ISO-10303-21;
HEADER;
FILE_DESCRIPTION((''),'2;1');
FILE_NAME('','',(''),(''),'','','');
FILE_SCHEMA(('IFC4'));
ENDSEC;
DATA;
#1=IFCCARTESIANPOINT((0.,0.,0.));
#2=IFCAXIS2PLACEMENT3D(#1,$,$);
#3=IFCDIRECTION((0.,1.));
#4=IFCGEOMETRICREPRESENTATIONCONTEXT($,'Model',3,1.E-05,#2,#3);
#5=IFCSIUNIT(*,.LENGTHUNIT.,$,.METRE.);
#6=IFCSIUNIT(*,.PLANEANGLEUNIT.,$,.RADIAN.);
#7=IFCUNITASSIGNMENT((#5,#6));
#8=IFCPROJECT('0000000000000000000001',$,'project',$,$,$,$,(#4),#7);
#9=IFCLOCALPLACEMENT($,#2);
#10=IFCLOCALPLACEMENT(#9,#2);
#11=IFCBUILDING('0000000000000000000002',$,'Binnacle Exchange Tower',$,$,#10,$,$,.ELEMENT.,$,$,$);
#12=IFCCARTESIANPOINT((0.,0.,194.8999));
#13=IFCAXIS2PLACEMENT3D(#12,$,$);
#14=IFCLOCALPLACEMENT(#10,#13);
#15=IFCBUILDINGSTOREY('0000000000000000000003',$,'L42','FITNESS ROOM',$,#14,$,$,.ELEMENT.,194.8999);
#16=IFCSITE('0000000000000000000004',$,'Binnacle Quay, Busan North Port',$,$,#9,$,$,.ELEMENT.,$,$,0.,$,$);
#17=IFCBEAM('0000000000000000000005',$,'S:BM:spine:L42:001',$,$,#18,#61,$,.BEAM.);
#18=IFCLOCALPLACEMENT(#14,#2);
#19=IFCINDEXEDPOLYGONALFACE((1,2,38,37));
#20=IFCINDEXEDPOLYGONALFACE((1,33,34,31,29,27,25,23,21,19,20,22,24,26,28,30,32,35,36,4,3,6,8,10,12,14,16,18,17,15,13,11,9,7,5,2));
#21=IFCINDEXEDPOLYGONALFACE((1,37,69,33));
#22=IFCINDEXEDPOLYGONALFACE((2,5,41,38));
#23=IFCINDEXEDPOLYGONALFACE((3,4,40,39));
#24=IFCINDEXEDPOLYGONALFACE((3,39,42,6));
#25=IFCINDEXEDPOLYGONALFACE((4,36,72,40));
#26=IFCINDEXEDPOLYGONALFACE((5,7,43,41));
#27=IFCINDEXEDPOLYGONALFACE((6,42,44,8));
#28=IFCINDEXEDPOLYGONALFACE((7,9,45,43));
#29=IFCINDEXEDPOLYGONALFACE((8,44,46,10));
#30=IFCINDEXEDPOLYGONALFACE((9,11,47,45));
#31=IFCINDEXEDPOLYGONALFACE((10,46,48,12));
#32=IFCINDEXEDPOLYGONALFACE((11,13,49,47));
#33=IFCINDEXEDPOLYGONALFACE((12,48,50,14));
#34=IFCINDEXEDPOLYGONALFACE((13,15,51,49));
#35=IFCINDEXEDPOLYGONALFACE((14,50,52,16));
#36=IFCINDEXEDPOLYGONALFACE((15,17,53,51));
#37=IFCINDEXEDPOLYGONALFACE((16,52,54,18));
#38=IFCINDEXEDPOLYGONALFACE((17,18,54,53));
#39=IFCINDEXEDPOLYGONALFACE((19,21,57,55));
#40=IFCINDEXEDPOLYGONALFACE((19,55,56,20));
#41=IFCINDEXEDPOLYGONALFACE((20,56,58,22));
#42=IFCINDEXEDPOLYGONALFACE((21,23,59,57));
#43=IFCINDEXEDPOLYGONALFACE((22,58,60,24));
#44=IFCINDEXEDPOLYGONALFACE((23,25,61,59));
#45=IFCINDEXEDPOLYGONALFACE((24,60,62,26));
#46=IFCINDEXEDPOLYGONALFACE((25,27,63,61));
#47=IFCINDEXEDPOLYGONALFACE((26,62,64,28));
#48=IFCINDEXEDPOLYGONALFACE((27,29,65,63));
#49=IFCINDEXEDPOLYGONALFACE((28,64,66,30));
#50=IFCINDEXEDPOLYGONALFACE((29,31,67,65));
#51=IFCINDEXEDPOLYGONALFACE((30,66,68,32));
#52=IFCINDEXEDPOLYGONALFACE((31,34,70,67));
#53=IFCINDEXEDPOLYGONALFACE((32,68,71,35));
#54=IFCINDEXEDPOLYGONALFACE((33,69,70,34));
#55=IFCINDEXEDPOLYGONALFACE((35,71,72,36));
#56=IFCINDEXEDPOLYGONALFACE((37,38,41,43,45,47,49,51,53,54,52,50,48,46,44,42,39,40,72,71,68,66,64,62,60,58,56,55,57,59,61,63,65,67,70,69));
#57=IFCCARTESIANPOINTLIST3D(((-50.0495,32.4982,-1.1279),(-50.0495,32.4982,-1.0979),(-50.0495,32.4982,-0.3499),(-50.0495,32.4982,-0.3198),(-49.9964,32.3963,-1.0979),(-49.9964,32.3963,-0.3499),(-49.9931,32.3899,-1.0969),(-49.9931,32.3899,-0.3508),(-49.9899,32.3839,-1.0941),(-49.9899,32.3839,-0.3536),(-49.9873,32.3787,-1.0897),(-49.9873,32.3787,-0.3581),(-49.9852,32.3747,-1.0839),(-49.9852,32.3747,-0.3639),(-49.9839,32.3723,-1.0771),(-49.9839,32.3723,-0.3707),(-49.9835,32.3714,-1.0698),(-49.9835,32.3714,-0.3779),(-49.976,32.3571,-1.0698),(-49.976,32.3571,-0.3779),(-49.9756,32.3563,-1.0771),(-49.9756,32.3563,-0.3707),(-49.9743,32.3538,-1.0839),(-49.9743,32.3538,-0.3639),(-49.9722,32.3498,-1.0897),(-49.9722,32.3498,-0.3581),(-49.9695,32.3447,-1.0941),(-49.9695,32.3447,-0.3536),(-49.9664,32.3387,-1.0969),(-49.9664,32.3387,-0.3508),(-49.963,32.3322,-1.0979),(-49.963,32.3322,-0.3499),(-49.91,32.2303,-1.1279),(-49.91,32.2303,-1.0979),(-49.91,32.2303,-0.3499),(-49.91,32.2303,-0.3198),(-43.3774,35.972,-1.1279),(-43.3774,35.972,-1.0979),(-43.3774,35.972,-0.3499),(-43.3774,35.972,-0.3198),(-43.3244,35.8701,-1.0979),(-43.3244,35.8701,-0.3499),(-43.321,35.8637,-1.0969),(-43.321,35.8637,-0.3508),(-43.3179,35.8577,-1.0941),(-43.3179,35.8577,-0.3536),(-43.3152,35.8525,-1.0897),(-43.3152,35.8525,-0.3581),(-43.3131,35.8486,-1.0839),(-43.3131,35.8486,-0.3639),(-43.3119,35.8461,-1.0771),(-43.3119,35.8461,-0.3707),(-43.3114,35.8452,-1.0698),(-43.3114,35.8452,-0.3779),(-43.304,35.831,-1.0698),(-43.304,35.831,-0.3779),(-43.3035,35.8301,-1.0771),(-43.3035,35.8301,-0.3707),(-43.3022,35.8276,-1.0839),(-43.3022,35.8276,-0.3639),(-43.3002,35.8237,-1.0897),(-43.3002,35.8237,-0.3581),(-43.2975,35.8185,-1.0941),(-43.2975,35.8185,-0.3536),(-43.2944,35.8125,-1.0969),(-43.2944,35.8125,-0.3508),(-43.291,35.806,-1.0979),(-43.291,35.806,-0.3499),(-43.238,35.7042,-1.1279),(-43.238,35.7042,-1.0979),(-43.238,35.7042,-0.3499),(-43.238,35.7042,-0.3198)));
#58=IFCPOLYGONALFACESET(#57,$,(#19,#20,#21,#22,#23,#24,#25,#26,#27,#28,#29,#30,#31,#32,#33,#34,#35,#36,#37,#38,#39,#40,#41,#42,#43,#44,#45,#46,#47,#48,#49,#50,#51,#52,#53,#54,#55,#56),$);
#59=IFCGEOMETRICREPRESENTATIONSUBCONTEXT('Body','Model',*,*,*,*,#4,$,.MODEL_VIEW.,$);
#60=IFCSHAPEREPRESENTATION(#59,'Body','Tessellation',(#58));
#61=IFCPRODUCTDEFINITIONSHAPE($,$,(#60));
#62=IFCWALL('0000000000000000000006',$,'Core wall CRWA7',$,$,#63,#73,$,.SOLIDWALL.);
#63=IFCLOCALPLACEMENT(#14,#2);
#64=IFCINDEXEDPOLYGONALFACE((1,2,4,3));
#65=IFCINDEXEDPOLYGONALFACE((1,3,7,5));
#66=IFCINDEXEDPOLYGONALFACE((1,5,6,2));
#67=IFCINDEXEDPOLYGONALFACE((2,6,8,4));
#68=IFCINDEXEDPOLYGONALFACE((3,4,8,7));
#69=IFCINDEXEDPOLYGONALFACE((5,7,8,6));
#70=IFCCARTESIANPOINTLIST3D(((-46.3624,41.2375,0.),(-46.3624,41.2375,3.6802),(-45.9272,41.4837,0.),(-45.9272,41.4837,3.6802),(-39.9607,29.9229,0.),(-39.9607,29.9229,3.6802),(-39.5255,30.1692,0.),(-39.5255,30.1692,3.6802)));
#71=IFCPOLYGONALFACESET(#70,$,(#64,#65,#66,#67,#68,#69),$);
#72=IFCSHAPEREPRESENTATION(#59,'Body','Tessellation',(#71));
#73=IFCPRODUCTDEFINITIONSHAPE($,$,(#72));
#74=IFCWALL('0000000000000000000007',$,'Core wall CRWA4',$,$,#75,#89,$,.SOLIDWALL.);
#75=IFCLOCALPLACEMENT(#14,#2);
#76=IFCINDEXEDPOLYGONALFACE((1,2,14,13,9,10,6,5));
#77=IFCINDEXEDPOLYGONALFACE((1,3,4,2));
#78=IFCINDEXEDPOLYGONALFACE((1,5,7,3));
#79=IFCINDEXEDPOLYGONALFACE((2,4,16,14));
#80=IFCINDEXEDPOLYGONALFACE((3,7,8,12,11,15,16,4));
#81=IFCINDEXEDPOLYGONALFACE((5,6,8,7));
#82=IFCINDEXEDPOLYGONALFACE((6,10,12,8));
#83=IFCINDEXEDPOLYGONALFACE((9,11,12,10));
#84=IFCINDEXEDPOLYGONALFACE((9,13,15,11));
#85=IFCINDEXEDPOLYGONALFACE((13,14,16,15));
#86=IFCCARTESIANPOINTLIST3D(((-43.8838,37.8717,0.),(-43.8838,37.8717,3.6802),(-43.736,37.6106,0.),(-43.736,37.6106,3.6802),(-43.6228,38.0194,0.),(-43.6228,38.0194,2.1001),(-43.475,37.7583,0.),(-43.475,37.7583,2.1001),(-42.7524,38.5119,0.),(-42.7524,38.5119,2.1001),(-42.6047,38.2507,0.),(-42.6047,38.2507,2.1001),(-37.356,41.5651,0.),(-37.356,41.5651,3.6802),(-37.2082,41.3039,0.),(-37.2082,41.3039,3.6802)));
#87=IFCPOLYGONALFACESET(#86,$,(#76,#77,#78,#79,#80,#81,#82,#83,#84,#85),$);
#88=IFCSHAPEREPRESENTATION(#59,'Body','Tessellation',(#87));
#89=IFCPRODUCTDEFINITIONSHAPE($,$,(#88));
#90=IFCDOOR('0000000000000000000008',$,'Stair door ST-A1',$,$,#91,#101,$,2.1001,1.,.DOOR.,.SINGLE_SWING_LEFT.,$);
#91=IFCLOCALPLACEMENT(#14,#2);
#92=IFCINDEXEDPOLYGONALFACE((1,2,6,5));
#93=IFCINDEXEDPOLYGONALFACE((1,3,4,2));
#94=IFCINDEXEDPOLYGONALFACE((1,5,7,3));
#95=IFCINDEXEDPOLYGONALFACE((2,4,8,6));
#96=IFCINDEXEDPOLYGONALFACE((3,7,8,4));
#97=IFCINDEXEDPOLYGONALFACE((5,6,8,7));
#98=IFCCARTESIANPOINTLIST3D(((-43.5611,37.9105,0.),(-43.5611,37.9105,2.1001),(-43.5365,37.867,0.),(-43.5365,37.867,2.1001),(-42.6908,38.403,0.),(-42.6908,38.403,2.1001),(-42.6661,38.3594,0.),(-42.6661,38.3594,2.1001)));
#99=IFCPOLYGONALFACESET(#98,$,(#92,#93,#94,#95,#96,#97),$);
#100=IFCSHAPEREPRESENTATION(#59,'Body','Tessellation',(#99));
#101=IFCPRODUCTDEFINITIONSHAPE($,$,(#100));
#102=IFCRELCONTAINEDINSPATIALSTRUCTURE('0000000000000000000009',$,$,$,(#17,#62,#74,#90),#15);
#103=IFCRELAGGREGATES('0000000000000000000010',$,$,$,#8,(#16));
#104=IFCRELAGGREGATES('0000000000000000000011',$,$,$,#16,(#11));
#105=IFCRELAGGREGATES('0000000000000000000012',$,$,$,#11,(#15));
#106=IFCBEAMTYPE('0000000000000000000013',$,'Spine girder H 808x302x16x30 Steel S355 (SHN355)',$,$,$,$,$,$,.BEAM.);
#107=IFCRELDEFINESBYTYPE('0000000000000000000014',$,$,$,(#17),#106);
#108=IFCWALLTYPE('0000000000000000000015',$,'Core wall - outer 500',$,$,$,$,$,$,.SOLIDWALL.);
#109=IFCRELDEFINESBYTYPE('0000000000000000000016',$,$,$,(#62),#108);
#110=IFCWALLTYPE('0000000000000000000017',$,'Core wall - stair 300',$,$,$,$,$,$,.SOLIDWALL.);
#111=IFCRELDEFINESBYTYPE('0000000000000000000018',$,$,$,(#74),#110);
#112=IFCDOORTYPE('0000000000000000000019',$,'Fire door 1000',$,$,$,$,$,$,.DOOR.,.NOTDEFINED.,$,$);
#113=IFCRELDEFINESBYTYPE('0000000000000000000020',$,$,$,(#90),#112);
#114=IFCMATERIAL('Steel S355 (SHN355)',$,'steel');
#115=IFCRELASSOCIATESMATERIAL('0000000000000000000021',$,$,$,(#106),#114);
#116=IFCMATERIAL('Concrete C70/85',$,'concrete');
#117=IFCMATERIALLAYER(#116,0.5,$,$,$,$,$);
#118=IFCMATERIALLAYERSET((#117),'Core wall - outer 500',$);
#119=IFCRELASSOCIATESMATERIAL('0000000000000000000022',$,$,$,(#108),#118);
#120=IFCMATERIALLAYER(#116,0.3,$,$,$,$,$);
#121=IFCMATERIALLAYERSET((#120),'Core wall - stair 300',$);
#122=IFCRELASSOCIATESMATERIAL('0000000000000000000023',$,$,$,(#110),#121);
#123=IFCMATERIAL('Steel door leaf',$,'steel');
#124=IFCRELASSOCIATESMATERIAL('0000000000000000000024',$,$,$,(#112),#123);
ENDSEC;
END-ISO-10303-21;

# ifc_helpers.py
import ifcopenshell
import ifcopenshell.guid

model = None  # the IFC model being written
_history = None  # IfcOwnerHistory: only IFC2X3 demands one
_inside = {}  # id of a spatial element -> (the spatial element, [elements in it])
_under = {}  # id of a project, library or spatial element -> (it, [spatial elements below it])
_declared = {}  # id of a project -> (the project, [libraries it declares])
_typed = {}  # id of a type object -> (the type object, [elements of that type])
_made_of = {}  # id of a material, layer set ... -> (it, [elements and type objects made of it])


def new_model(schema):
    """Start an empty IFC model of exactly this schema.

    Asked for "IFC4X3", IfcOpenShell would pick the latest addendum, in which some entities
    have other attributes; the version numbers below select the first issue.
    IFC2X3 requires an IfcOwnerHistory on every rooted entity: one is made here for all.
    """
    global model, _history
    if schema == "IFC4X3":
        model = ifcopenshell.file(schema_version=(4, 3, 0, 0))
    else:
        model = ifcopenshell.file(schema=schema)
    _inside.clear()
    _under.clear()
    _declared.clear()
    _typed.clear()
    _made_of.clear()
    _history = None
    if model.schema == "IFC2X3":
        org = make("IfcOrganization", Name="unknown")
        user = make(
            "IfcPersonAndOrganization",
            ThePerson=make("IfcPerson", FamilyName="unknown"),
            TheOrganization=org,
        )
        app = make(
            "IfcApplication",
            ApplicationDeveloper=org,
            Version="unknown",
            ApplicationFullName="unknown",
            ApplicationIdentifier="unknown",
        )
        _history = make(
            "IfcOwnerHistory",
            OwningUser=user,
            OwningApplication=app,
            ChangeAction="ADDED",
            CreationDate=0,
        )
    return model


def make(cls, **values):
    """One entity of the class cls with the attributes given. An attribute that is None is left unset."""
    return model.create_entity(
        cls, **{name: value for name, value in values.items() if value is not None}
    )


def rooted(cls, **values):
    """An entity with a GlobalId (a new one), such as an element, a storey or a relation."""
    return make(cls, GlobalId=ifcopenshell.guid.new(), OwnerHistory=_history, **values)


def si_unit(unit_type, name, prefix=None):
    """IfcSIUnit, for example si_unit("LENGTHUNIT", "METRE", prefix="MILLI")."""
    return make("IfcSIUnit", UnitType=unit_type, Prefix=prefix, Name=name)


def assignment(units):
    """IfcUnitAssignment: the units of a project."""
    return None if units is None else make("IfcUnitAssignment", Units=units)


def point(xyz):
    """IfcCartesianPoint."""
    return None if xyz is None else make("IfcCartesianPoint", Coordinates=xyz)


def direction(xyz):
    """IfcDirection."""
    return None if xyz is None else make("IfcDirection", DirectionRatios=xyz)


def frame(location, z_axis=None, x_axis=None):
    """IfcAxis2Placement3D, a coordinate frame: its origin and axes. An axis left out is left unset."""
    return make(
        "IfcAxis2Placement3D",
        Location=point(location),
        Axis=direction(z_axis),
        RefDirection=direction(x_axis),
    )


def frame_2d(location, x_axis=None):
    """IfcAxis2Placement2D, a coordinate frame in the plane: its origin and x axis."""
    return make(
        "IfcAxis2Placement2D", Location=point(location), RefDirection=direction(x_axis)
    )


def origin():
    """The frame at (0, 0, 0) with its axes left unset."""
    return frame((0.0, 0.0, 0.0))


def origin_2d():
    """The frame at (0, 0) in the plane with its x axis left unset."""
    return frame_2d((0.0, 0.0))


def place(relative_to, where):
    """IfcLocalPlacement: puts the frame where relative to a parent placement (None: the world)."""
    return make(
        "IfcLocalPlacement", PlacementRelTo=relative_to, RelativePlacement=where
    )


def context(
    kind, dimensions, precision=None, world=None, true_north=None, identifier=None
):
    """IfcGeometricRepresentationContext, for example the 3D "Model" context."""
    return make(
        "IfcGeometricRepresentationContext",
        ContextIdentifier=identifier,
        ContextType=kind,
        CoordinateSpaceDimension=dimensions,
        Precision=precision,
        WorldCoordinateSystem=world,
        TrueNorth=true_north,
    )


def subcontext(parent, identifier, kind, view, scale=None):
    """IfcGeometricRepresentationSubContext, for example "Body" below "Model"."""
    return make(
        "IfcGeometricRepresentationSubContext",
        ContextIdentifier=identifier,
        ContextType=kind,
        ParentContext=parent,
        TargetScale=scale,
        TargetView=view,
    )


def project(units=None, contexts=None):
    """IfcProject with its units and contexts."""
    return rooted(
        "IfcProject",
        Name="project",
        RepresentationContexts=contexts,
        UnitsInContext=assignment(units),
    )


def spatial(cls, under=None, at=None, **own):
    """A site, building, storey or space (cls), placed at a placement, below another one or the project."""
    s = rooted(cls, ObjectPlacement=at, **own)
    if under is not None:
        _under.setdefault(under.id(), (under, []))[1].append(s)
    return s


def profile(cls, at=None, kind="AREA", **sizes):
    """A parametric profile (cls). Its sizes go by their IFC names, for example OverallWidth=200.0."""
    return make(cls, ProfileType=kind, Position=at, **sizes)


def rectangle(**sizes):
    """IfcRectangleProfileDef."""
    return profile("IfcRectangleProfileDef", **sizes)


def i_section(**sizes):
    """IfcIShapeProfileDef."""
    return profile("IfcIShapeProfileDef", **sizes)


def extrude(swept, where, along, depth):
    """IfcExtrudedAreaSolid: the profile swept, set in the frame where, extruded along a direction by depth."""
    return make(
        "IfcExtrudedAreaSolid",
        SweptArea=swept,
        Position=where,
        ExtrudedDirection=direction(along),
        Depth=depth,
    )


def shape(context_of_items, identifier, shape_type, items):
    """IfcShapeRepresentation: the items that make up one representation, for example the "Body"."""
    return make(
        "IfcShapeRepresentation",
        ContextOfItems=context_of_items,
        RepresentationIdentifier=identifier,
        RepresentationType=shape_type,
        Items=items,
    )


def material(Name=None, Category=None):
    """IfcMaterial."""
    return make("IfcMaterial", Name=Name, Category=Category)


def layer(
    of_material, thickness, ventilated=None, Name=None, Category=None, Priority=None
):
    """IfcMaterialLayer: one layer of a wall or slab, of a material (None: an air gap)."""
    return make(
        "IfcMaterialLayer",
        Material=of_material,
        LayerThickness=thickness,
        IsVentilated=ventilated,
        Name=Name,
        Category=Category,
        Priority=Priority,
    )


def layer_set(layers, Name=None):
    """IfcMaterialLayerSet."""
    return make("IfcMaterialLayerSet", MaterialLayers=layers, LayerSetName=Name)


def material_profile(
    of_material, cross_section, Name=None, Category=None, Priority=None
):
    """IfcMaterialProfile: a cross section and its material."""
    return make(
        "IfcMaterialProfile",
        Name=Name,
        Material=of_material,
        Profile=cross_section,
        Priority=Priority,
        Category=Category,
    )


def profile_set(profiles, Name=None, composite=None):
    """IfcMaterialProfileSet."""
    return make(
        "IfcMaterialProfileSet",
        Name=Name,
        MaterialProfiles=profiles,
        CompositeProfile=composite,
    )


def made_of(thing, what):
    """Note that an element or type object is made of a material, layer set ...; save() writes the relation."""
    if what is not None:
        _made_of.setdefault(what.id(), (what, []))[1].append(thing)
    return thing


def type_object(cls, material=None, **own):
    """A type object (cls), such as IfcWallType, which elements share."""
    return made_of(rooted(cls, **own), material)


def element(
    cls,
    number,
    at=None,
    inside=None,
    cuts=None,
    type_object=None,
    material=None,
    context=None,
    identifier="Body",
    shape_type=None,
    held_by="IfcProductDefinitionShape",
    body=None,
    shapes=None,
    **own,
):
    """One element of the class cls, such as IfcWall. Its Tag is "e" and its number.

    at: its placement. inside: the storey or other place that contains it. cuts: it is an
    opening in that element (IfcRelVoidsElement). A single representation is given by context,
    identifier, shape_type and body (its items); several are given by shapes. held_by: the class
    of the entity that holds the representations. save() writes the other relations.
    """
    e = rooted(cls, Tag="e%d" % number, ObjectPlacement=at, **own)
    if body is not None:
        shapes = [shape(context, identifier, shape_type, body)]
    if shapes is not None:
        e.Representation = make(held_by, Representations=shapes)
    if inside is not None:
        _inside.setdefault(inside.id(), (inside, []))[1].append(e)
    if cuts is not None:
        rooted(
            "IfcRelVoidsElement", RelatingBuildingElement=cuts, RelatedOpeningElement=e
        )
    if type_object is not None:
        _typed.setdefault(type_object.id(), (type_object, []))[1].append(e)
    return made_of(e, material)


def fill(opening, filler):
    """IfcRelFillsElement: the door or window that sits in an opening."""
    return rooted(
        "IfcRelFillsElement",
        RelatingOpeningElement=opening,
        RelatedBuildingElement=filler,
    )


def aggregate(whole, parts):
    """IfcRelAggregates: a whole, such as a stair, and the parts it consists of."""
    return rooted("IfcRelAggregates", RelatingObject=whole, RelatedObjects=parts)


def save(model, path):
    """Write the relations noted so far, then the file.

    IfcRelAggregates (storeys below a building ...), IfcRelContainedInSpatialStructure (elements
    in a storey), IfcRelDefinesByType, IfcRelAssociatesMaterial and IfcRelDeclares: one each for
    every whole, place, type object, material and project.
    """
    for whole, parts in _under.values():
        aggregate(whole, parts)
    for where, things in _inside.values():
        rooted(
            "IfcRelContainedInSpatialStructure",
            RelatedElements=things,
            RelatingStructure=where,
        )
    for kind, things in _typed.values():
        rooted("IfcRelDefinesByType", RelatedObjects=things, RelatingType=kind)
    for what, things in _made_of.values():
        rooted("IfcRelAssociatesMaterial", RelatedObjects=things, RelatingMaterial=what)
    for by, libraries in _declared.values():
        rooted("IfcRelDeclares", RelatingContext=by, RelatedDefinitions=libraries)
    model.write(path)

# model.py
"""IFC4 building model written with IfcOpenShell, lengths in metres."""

from ifc_helpers import new_model, si_unit, direction, frame, frame_2d, origin, origin_2d, place, context, subcontext, project, spatial, rectangle, i_section, extrude, material, layer, layer_set, material_profile, profile_set, type_object, element, fill, save


model = new_model("IFC4")

# Units and contexts
model_context = context("Model", 3, precision=1e-05, world=origin(), true_north=direction((0.0, 1.0)))
body_context = subcontext(model_context, "Body", "Model", "MODEL_VIEW")
ifc_project = project(units=[si_unit("LENGTHUNIT", "METRE"), si_unit("PLANEANGLEUNIT", "RADIAN")], contexts=[model_context])

# Site, building, storey
site_placement = place(None, origin())
site = spatial("IfcSite", under=ifc_project, at=site_placement, Name="Binnacle Quay, Busan North Port", CompositionType="ELEMENT", RefElevation=0.0)
building_placement = place(site_placement, origin())
building = spatial("IfcBuilding", under=site, at=building_placement, Name="Binnacle Exchange Tower", CompositionType="ELEMENT")
storey_placement = place(building_placement, frame((0.0, 0.0, 194.8999)))
storey = spatial("IfcBuildingStorey", under=building, at=storey_placement, Name="L42", Description="FITNESS ROOM", CompositionType="ELEMENT", Elevation=194.8999)

# Shared definitions
ifc_material_1 = material(Name="Concrete C70/85", Category="concrete")

# Beam
ifc_material_2 = material(Name="Steel S355 (SHN355)", Category="steel")
ifc_material_profile_1 = material_profile(ifc_material_2, i_section(OverallWidth=0.302, OverallDepth=0.8081, WebThickness=0.0161, FlangeThickness=0.03, FilletRadius=0.0281, at=origin_2d()), Name="H 808x302x16x30")
ifc_profile_set_1 = profile_set([ifc_material_profile_1], Name="Steel S355 (SHN355)")
beam_type_1 = type_object("IfcBeamType", Name="Spine girder H 808x302x16x30 Steel S355 (SHN355)", PredefinedType="BEAM", material=ifc_profile_set_1)
beam_1_placement = place(storey_placement, frame((-49.9797, 32.3643, -0.7239), z_axis=(0.886979, 0.46181, 0.0), x_axis=(-0.46181, 0.886979, 0.0)))
element("IfcBeam", 1, at=beam_1_placement, inside=storey, type_object=beam_type_1, Name="S:BM:spine:L42:001", PredefinedType="BEAM", context=body_context, shape_type="SweptSolid", body=[
    extrude(i_section(OverallWidth=0.302, OverallDepth=0.8081, WebThickness=0.0161, FlangeThickness=0.03, FilletRadius=0.0281, at=origin_2d()), origin(), (0.0, 0.0, 1.0), 7.5222),
])

# Wall
ifc_layer_1 = layer(ifc_material_1, 0.5)
ifc_layer_set_1 = layer_set([ifc_layer_1], Name="Core wall - outer 500")
wall_type_1 = type_object("IfcWallType", Name="Core wall - outer 500", PredefinedType="SOLIDWALL", material=ifc_layer_set_1)
wall_1_placement = place(storey_placement, frame((-46.1448, 41.3606, 0.0), z_axis=(0.0, 0.0, 1.0), x_axis=(0.492435, -0.870349, 0.0)))
element("IfcWall", 2, at=wall_1_placement, inside=storey, type_object=wall_type_1, Name="Core wall CRWA7", PredefinedType="SOLIDWALL", context=body_context, shape_type="SweptSolid", body=[
    extrude(rectangle(XDim=13.0, YDim=0.5, at=frame_2d((6.5, 0.0))), origin(), (0.0, 0.0, 1.0), 3.6802),
])

# Wall, opening, door
ifc_layer_2 = layer(ifc_material_1, 0.3)
ifc_layer_set_2 = layer_set([ifc_layer_2], Name="Core wall - stair 300")
wall_type_2 = type_object("IfcWallType", Name="Core wall - stair 300", PredefinedType="SOLIDWALL", material=ifc_layer_set_2)
wall_2_placement = place(storey_placement, frame((-43.8098, 37.7412, 0.0), z_axis=(0.0, 0.0, 1.0), x_axis=(0.870351, 0.492433, 0.0)))
wall_2 = element("IfcWall", 3, at=wall_2_placement, inside=storey, type_object=wall_type_2, Name="Core wall CRWA4", PredefinedType="SOLIDWALL", context=body_context, shape_type="SweptSolid", body=[
    extrude(rectangle(XDim=7.5002, YDim=0.3, at=frame_2d((3.75, 0.0))), origin(), (0.0, 0.0, 1.0), 3.6802),
])
opening_1_placement = place(wall_2_placement, frame((0.2998, 0.0, 0.0)))
opening_1 = element("IfcOpeningElement", 4, at=opening_1_placement, cuts=wall_2, PredefinedType="OPENING", context=body_context, shape_type="SweptSolid", body=[
    extrude(rectangle(XDim=1.0, YDim=2.1001, at=frame_2d((0.5, 1.05))), frame((0.0, 0.1599, 0.0), z_axis=(0.0, -1.0, 0.0), x_axis=(1.0, 0.0, 0.0)), (0.0, 0.0, 1.0), 0.3201),
])
ifc_material_3 = material(Name="Steel door leaf", Category="steel")
door_type = type_object("IfcDoorType", Name="Fire door 1000", OperationType="NOTDEFINED", PredefinedType="DOOR", material=ifc_material_3)
door_placement = place(opening_1_placement, origin())
door = element("IfcDoor", 5, at=door_placement, inside=storey, type_object=door_type, Name="Stair door ST-A1", OperationType="SINGLE_SWING_LEFT", OverallHeight=2.1001, OverallWidth=1.0, PredefinedType="DOOR", context=body_context, shape_type="SweptSolid", body=[
    extrude(rectangle(XDim=1.0, YDim=2.1001, at=frame_2d((0.5, 1.05))), frame((0.0, 0.0249, 0.0), z_axis=(0.0, -1.0, 0.0), x_axis=(1.0, 0.0, 0.0)), (0.0, 0.0, 1.0), 0.05),
])
fill(opening_1, door)

save(model, "model.ifc")
